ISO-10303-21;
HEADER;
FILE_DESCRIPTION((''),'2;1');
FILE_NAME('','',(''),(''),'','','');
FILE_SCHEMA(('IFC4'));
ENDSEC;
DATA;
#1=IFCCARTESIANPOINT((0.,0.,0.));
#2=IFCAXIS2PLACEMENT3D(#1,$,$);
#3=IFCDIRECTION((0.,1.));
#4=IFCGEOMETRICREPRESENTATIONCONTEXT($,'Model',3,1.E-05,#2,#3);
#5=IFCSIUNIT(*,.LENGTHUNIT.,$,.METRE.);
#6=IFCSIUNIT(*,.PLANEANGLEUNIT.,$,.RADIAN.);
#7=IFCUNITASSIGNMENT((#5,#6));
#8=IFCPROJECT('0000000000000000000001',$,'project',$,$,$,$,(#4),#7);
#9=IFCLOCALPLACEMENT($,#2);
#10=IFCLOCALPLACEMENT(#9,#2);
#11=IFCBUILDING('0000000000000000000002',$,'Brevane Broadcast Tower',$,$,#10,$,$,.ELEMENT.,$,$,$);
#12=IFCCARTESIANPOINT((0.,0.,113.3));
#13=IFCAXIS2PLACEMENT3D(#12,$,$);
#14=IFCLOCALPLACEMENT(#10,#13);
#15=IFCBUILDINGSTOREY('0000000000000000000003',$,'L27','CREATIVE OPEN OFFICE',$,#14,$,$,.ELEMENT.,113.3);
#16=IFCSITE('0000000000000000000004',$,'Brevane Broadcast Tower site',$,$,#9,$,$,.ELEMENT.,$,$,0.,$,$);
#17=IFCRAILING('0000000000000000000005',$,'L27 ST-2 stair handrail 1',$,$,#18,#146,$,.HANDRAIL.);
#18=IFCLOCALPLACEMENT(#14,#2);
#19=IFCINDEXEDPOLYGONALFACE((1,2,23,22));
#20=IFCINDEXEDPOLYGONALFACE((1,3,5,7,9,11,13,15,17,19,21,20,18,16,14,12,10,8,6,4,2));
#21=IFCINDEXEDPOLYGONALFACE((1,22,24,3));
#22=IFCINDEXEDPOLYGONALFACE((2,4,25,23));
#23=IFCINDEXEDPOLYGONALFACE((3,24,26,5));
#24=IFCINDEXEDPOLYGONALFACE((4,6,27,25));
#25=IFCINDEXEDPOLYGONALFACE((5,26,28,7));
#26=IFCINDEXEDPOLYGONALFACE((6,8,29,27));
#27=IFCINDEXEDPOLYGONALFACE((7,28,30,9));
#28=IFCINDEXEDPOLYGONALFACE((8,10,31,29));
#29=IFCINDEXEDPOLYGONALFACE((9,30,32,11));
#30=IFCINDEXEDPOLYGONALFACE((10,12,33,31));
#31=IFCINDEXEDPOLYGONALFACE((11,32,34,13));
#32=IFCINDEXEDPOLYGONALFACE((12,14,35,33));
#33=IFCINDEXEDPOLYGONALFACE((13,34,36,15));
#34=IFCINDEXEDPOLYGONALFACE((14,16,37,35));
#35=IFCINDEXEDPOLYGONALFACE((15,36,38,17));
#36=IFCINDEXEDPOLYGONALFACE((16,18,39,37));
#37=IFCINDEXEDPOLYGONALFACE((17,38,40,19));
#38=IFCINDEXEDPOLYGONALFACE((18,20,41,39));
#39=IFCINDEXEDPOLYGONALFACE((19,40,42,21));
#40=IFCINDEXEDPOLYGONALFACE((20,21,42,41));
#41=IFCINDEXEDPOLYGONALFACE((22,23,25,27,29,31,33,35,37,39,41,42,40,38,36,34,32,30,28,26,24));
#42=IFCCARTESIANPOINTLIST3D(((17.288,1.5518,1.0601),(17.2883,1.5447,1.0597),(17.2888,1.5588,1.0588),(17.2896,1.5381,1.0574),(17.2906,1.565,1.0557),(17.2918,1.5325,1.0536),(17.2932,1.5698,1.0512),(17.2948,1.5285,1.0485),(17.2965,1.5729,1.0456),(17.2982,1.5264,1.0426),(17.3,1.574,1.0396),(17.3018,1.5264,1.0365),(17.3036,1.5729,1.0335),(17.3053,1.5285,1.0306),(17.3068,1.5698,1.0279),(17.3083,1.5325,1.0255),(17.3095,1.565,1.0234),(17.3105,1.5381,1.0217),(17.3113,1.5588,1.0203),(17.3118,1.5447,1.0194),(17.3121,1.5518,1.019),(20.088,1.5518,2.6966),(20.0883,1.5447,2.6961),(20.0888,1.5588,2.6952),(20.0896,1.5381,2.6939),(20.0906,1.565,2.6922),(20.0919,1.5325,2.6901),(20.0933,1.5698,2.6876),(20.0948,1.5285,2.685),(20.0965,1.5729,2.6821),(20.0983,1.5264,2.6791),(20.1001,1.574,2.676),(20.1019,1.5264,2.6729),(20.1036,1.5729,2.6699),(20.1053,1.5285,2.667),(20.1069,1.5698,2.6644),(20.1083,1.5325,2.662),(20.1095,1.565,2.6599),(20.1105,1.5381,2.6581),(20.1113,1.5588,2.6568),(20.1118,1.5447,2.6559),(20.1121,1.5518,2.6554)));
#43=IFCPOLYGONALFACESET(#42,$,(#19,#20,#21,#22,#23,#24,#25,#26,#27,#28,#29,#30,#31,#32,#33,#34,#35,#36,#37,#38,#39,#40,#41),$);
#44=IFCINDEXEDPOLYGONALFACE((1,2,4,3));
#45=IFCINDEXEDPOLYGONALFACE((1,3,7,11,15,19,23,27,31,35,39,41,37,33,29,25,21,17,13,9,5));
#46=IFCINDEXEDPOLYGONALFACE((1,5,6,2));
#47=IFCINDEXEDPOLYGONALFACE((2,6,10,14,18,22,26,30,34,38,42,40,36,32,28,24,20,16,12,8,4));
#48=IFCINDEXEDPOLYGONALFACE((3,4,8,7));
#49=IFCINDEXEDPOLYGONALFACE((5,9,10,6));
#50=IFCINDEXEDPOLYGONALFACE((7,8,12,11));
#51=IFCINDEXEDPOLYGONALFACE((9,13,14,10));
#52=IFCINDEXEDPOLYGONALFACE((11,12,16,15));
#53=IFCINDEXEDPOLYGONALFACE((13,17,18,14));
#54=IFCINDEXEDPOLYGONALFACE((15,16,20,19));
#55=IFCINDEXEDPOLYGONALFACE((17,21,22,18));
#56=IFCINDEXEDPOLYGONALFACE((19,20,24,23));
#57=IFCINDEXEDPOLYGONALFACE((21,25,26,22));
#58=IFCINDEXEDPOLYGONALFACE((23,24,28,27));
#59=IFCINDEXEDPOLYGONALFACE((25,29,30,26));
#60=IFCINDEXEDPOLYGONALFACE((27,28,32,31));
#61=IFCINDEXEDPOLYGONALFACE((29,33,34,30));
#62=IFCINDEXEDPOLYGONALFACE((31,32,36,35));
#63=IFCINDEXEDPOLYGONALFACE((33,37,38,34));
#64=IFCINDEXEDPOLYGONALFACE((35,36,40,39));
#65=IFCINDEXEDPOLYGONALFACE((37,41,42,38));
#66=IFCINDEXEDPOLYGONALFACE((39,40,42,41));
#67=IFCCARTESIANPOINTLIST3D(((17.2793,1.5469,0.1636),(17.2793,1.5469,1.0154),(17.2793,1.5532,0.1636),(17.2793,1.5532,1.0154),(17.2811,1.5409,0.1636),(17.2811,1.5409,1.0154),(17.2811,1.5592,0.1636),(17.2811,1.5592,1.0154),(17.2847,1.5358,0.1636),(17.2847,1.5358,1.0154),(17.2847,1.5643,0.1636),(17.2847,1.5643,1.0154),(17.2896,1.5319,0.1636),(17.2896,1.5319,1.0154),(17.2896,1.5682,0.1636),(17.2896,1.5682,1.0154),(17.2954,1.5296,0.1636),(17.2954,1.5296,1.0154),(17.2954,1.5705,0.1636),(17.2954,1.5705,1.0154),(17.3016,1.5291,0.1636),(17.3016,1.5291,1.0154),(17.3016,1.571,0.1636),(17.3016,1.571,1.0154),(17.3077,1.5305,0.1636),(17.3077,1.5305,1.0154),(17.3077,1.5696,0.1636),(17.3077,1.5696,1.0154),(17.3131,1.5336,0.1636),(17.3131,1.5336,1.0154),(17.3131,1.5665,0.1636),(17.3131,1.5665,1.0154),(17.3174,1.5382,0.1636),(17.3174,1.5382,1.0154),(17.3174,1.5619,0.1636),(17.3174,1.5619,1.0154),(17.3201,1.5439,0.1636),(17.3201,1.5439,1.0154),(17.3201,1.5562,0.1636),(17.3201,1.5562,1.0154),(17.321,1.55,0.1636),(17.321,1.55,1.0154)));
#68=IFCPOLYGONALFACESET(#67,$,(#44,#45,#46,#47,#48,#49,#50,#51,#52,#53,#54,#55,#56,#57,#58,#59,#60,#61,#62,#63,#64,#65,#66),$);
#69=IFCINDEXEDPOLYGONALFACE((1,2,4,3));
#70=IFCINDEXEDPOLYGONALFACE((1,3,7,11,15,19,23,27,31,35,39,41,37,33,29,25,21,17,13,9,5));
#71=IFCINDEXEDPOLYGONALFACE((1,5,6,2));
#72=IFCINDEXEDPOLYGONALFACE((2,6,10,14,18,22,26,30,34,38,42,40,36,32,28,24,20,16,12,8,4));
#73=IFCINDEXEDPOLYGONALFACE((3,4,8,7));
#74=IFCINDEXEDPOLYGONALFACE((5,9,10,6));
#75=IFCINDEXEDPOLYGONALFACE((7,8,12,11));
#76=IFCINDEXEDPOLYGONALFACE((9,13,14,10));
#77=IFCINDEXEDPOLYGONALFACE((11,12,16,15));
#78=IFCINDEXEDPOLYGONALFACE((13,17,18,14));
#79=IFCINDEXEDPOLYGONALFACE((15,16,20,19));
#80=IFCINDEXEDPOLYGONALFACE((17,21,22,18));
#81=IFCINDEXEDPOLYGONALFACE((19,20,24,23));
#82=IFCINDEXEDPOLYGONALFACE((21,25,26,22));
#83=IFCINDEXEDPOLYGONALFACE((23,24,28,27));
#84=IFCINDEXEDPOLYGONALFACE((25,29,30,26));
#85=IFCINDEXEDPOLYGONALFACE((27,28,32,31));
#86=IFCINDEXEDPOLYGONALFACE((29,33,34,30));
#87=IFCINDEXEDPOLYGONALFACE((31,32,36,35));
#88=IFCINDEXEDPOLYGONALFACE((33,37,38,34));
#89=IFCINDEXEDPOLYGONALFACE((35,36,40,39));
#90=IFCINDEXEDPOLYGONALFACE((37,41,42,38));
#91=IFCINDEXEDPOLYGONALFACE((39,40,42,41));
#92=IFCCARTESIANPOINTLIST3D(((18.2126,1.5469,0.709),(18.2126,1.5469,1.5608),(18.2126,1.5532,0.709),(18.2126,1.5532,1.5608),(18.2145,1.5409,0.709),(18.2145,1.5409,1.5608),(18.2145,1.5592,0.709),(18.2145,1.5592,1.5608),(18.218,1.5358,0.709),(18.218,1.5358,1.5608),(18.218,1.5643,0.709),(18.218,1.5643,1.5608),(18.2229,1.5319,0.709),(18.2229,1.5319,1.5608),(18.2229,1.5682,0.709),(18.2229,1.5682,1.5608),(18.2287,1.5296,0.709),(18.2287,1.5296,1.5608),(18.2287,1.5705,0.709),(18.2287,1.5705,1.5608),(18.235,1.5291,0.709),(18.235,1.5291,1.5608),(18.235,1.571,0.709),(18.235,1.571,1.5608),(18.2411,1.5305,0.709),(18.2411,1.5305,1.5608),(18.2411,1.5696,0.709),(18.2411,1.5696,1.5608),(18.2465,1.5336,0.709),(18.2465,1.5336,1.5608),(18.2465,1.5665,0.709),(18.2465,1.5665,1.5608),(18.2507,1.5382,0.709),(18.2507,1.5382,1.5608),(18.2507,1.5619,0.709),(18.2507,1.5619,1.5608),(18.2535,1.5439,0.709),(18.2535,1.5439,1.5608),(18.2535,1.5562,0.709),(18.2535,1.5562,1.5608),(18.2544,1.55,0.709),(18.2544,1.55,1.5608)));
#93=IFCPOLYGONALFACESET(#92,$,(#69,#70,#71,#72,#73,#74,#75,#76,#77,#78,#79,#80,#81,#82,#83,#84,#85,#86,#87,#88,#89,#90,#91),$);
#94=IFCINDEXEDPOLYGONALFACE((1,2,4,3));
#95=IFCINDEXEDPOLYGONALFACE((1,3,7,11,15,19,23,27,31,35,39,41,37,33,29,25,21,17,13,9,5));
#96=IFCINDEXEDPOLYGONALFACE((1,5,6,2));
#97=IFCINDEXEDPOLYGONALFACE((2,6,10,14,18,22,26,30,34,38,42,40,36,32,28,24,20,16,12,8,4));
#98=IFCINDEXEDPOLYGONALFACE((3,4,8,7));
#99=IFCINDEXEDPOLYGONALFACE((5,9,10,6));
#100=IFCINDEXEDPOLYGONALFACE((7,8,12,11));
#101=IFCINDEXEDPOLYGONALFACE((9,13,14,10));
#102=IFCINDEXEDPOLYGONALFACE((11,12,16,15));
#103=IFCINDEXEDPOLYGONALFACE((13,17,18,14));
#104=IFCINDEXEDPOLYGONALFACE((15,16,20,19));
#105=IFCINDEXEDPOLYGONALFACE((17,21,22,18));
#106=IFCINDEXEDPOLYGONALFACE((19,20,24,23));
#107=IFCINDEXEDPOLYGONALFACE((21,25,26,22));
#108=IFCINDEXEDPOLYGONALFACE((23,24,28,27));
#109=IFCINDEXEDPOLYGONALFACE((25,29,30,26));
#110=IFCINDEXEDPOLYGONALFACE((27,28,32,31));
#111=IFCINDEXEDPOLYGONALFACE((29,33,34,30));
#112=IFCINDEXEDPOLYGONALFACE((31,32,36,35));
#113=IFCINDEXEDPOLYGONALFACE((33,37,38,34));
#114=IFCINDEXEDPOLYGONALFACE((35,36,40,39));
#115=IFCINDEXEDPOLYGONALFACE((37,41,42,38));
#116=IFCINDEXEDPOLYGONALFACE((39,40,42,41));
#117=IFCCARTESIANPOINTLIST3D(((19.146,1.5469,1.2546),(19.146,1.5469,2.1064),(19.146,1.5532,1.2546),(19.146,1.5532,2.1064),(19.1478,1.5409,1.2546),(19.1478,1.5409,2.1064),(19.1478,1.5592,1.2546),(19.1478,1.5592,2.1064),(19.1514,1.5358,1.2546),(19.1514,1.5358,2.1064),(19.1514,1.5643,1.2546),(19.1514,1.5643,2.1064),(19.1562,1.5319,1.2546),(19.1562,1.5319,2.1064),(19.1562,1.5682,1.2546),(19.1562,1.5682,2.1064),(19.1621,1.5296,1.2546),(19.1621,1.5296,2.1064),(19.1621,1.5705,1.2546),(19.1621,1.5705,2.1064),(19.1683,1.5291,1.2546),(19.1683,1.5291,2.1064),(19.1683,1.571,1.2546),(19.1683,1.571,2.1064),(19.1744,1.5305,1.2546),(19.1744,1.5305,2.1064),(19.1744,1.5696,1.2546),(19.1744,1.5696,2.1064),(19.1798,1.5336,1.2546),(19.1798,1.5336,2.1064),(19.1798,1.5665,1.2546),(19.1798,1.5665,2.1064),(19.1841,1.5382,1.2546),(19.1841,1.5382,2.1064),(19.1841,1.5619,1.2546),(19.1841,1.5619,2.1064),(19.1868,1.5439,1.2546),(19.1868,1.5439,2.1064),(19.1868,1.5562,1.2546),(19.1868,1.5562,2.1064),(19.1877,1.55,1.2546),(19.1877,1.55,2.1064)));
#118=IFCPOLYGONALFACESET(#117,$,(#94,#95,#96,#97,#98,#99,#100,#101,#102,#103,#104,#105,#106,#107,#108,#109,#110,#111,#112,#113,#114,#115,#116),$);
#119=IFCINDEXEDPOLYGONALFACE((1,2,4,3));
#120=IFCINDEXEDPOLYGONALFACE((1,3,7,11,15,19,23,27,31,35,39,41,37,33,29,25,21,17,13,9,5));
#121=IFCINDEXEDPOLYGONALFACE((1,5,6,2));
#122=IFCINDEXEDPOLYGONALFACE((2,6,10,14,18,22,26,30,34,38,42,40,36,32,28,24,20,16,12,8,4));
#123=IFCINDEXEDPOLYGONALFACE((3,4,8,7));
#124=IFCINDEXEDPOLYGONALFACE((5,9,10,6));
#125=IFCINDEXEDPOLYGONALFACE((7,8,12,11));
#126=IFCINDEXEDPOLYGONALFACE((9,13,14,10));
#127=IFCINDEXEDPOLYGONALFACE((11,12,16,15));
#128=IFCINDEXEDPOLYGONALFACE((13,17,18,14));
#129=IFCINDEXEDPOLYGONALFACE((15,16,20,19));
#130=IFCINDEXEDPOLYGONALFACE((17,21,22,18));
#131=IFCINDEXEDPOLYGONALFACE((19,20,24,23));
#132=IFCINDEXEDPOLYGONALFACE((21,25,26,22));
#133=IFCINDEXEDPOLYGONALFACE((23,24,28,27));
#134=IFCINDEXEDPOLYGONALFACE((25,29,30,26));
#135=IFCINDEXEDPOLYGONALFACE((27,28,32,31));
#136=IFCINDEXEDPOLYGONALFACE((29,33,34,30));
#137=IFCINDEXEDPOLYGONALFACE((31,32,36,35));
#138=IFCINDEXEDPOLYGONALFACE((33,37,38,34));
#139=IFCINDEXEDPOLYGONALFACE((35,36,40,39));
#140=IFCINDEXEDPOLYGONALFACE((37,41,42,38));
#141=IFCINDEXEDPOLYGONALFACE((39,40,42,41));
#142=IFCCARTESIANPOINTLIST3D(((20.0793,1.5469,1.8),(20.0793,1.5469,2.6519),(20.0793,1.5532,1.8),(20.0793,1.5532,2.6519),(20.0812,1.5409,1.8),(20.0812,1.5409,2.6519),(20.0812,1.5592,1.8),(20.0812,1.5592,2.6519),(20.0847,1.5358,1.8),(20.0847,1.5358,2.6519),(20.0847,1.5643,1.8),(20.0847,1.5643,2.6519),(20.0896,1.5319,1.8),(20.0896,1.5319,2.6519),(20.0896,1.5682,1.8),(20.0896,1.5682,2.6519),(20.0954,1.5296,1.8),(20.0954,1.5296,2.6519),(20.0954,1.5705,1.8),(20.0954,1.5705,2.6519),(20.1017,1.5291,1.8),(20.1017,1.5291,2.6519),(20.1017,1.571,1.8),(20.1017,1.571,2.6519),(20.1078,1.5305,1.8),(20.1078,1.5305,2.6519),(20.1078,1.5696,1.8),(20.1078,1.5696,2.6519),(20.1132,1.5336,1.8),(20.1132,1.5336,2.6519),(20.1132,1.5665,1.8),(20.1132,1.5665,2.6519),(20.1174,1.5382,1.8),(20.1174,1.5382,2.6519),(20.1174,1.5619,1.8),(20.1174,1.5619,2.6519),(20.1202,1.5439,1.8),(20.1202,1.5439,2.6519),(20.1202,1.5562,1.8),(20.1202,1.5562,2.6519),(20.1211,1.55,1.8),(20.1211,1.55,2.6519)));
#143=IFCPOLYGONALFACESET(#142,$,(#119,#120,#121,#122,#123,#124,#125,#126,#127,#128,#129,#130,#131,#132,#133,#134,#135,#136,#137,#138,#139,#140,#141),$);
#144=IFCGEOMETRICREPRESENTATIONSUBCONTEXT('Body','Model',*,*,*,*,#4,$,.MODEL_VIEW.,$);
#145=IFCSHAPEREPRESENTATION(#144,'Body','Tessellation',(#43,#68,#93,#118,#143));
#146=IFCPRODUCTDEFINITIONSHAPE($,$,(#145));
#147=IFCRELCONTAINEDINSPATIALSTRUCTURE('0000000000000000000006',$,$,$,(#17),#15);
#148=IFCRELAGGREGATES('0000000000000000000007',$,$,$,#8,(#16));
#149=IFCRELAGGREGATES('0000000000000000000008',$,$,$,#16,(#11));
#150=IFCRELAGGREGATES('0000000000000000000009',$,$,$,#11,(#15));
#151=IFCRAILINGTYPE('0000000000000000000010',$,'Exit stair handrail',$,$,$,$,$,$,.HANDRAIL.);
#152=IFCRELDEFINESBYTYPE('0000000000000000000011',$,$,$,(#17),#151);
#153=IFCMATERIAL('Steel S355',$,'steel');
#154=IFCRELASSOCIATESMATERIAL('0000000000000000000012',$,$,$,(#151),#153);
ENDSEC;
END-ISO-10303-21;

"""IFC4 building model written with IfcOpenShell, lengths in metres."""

from ifc_helpers import new_model, si_unit, direction, frame, origin, origin_2d, place, context, subcontext, project, spatial, circle, extrude, material, type_object, element, save


model = new_model("IFC4")

# Units and contexts
model_context = context("Model", 3, precision=1e-05, world=origin(), true_north=direction((0.0, 1.0)))
body_context = subcontext(model_context, "Body", "Model", "MODEL_VIEW")
ifc_project = project(units=[si_unit("LENGTHUNIT", "METRE"), si_unit("PLANEANGLEUNIT", "RADIAN")], contexts=[model_context])

# Site, building, storey
site_placement = place(None, origin())
site = spatial("IfcSite", under=ifc_project, at=site_placement, Name="Brevane Broadcast Tower site", CompositionType="ELEMENT", RefElevation=0.0)
building_placement = place(site_placement, origin())
building = spatial("IfcBuilding", under=site, at=building_placement, Name="Brevane Broadcast Tower", CompositionType="ELEMENT")
storey_placement = place(building_placement, frame((0.0, 0.0, 113.3)))
storey = spatial("IfcBuildingStorey", under=building, at=storey_placement, Name="L27", Description="CREATIVE OPEN OFFICE", CompositionType="ELEMENT", Elevation=113.3)

# Railing
ifc_material_1 = material(Name="Steel S355", Category="steel")
railing_type_1 = type_object("IfcRailingType", Name="Exit stair handrail", PredefinedType="HANDRAIL", material=ifc_material_1)
railing_1_placement = place(storey_placement, frame((17.3, 1.55, 0.1636)))
element("IfcRailing", 1, at=railing_1_placement, inside=storey, type_object=railing_type_1, Name="L27 ST-2 stair handrail 1", PredefinedType="HANDRAIL", context=body_context, shape_type="SweptSolid", body=[
    extrude(circle(Radius=0.0239, at=origin_2d()), frame((0.0, 0.0, 0.876), z_axis=(0.863361, 0.0, 0.504587), x_axis=(0.0, 1.0, 0.0)), (0.0, 0.0, 1.0), 3.2432),
    extrude(circle(Radius=0.021, at=origin_2d()), origin(), (0.0, 0.0, 1.0), 0.8518),
    extrude(circle(Radius=0.021, at=origin_2d()), frame((0.9333, 0.0, 0.5454)), (0.0, 0.0, 1.0), 0.8518),
    extrude(circle(Radius=0.021, at=origin_2d()), frame((1.8667, 0.0, 1.0911)), (0.0, 0.0, 1.0), 0.8518),
    extrude(circle(Radius=0.021, at=origin_2d()), frame((2.8, 0.0, 1.6365)), (0.0, 0.0, 1.0), 0.8518),
])

save(model, "model.ifc")
